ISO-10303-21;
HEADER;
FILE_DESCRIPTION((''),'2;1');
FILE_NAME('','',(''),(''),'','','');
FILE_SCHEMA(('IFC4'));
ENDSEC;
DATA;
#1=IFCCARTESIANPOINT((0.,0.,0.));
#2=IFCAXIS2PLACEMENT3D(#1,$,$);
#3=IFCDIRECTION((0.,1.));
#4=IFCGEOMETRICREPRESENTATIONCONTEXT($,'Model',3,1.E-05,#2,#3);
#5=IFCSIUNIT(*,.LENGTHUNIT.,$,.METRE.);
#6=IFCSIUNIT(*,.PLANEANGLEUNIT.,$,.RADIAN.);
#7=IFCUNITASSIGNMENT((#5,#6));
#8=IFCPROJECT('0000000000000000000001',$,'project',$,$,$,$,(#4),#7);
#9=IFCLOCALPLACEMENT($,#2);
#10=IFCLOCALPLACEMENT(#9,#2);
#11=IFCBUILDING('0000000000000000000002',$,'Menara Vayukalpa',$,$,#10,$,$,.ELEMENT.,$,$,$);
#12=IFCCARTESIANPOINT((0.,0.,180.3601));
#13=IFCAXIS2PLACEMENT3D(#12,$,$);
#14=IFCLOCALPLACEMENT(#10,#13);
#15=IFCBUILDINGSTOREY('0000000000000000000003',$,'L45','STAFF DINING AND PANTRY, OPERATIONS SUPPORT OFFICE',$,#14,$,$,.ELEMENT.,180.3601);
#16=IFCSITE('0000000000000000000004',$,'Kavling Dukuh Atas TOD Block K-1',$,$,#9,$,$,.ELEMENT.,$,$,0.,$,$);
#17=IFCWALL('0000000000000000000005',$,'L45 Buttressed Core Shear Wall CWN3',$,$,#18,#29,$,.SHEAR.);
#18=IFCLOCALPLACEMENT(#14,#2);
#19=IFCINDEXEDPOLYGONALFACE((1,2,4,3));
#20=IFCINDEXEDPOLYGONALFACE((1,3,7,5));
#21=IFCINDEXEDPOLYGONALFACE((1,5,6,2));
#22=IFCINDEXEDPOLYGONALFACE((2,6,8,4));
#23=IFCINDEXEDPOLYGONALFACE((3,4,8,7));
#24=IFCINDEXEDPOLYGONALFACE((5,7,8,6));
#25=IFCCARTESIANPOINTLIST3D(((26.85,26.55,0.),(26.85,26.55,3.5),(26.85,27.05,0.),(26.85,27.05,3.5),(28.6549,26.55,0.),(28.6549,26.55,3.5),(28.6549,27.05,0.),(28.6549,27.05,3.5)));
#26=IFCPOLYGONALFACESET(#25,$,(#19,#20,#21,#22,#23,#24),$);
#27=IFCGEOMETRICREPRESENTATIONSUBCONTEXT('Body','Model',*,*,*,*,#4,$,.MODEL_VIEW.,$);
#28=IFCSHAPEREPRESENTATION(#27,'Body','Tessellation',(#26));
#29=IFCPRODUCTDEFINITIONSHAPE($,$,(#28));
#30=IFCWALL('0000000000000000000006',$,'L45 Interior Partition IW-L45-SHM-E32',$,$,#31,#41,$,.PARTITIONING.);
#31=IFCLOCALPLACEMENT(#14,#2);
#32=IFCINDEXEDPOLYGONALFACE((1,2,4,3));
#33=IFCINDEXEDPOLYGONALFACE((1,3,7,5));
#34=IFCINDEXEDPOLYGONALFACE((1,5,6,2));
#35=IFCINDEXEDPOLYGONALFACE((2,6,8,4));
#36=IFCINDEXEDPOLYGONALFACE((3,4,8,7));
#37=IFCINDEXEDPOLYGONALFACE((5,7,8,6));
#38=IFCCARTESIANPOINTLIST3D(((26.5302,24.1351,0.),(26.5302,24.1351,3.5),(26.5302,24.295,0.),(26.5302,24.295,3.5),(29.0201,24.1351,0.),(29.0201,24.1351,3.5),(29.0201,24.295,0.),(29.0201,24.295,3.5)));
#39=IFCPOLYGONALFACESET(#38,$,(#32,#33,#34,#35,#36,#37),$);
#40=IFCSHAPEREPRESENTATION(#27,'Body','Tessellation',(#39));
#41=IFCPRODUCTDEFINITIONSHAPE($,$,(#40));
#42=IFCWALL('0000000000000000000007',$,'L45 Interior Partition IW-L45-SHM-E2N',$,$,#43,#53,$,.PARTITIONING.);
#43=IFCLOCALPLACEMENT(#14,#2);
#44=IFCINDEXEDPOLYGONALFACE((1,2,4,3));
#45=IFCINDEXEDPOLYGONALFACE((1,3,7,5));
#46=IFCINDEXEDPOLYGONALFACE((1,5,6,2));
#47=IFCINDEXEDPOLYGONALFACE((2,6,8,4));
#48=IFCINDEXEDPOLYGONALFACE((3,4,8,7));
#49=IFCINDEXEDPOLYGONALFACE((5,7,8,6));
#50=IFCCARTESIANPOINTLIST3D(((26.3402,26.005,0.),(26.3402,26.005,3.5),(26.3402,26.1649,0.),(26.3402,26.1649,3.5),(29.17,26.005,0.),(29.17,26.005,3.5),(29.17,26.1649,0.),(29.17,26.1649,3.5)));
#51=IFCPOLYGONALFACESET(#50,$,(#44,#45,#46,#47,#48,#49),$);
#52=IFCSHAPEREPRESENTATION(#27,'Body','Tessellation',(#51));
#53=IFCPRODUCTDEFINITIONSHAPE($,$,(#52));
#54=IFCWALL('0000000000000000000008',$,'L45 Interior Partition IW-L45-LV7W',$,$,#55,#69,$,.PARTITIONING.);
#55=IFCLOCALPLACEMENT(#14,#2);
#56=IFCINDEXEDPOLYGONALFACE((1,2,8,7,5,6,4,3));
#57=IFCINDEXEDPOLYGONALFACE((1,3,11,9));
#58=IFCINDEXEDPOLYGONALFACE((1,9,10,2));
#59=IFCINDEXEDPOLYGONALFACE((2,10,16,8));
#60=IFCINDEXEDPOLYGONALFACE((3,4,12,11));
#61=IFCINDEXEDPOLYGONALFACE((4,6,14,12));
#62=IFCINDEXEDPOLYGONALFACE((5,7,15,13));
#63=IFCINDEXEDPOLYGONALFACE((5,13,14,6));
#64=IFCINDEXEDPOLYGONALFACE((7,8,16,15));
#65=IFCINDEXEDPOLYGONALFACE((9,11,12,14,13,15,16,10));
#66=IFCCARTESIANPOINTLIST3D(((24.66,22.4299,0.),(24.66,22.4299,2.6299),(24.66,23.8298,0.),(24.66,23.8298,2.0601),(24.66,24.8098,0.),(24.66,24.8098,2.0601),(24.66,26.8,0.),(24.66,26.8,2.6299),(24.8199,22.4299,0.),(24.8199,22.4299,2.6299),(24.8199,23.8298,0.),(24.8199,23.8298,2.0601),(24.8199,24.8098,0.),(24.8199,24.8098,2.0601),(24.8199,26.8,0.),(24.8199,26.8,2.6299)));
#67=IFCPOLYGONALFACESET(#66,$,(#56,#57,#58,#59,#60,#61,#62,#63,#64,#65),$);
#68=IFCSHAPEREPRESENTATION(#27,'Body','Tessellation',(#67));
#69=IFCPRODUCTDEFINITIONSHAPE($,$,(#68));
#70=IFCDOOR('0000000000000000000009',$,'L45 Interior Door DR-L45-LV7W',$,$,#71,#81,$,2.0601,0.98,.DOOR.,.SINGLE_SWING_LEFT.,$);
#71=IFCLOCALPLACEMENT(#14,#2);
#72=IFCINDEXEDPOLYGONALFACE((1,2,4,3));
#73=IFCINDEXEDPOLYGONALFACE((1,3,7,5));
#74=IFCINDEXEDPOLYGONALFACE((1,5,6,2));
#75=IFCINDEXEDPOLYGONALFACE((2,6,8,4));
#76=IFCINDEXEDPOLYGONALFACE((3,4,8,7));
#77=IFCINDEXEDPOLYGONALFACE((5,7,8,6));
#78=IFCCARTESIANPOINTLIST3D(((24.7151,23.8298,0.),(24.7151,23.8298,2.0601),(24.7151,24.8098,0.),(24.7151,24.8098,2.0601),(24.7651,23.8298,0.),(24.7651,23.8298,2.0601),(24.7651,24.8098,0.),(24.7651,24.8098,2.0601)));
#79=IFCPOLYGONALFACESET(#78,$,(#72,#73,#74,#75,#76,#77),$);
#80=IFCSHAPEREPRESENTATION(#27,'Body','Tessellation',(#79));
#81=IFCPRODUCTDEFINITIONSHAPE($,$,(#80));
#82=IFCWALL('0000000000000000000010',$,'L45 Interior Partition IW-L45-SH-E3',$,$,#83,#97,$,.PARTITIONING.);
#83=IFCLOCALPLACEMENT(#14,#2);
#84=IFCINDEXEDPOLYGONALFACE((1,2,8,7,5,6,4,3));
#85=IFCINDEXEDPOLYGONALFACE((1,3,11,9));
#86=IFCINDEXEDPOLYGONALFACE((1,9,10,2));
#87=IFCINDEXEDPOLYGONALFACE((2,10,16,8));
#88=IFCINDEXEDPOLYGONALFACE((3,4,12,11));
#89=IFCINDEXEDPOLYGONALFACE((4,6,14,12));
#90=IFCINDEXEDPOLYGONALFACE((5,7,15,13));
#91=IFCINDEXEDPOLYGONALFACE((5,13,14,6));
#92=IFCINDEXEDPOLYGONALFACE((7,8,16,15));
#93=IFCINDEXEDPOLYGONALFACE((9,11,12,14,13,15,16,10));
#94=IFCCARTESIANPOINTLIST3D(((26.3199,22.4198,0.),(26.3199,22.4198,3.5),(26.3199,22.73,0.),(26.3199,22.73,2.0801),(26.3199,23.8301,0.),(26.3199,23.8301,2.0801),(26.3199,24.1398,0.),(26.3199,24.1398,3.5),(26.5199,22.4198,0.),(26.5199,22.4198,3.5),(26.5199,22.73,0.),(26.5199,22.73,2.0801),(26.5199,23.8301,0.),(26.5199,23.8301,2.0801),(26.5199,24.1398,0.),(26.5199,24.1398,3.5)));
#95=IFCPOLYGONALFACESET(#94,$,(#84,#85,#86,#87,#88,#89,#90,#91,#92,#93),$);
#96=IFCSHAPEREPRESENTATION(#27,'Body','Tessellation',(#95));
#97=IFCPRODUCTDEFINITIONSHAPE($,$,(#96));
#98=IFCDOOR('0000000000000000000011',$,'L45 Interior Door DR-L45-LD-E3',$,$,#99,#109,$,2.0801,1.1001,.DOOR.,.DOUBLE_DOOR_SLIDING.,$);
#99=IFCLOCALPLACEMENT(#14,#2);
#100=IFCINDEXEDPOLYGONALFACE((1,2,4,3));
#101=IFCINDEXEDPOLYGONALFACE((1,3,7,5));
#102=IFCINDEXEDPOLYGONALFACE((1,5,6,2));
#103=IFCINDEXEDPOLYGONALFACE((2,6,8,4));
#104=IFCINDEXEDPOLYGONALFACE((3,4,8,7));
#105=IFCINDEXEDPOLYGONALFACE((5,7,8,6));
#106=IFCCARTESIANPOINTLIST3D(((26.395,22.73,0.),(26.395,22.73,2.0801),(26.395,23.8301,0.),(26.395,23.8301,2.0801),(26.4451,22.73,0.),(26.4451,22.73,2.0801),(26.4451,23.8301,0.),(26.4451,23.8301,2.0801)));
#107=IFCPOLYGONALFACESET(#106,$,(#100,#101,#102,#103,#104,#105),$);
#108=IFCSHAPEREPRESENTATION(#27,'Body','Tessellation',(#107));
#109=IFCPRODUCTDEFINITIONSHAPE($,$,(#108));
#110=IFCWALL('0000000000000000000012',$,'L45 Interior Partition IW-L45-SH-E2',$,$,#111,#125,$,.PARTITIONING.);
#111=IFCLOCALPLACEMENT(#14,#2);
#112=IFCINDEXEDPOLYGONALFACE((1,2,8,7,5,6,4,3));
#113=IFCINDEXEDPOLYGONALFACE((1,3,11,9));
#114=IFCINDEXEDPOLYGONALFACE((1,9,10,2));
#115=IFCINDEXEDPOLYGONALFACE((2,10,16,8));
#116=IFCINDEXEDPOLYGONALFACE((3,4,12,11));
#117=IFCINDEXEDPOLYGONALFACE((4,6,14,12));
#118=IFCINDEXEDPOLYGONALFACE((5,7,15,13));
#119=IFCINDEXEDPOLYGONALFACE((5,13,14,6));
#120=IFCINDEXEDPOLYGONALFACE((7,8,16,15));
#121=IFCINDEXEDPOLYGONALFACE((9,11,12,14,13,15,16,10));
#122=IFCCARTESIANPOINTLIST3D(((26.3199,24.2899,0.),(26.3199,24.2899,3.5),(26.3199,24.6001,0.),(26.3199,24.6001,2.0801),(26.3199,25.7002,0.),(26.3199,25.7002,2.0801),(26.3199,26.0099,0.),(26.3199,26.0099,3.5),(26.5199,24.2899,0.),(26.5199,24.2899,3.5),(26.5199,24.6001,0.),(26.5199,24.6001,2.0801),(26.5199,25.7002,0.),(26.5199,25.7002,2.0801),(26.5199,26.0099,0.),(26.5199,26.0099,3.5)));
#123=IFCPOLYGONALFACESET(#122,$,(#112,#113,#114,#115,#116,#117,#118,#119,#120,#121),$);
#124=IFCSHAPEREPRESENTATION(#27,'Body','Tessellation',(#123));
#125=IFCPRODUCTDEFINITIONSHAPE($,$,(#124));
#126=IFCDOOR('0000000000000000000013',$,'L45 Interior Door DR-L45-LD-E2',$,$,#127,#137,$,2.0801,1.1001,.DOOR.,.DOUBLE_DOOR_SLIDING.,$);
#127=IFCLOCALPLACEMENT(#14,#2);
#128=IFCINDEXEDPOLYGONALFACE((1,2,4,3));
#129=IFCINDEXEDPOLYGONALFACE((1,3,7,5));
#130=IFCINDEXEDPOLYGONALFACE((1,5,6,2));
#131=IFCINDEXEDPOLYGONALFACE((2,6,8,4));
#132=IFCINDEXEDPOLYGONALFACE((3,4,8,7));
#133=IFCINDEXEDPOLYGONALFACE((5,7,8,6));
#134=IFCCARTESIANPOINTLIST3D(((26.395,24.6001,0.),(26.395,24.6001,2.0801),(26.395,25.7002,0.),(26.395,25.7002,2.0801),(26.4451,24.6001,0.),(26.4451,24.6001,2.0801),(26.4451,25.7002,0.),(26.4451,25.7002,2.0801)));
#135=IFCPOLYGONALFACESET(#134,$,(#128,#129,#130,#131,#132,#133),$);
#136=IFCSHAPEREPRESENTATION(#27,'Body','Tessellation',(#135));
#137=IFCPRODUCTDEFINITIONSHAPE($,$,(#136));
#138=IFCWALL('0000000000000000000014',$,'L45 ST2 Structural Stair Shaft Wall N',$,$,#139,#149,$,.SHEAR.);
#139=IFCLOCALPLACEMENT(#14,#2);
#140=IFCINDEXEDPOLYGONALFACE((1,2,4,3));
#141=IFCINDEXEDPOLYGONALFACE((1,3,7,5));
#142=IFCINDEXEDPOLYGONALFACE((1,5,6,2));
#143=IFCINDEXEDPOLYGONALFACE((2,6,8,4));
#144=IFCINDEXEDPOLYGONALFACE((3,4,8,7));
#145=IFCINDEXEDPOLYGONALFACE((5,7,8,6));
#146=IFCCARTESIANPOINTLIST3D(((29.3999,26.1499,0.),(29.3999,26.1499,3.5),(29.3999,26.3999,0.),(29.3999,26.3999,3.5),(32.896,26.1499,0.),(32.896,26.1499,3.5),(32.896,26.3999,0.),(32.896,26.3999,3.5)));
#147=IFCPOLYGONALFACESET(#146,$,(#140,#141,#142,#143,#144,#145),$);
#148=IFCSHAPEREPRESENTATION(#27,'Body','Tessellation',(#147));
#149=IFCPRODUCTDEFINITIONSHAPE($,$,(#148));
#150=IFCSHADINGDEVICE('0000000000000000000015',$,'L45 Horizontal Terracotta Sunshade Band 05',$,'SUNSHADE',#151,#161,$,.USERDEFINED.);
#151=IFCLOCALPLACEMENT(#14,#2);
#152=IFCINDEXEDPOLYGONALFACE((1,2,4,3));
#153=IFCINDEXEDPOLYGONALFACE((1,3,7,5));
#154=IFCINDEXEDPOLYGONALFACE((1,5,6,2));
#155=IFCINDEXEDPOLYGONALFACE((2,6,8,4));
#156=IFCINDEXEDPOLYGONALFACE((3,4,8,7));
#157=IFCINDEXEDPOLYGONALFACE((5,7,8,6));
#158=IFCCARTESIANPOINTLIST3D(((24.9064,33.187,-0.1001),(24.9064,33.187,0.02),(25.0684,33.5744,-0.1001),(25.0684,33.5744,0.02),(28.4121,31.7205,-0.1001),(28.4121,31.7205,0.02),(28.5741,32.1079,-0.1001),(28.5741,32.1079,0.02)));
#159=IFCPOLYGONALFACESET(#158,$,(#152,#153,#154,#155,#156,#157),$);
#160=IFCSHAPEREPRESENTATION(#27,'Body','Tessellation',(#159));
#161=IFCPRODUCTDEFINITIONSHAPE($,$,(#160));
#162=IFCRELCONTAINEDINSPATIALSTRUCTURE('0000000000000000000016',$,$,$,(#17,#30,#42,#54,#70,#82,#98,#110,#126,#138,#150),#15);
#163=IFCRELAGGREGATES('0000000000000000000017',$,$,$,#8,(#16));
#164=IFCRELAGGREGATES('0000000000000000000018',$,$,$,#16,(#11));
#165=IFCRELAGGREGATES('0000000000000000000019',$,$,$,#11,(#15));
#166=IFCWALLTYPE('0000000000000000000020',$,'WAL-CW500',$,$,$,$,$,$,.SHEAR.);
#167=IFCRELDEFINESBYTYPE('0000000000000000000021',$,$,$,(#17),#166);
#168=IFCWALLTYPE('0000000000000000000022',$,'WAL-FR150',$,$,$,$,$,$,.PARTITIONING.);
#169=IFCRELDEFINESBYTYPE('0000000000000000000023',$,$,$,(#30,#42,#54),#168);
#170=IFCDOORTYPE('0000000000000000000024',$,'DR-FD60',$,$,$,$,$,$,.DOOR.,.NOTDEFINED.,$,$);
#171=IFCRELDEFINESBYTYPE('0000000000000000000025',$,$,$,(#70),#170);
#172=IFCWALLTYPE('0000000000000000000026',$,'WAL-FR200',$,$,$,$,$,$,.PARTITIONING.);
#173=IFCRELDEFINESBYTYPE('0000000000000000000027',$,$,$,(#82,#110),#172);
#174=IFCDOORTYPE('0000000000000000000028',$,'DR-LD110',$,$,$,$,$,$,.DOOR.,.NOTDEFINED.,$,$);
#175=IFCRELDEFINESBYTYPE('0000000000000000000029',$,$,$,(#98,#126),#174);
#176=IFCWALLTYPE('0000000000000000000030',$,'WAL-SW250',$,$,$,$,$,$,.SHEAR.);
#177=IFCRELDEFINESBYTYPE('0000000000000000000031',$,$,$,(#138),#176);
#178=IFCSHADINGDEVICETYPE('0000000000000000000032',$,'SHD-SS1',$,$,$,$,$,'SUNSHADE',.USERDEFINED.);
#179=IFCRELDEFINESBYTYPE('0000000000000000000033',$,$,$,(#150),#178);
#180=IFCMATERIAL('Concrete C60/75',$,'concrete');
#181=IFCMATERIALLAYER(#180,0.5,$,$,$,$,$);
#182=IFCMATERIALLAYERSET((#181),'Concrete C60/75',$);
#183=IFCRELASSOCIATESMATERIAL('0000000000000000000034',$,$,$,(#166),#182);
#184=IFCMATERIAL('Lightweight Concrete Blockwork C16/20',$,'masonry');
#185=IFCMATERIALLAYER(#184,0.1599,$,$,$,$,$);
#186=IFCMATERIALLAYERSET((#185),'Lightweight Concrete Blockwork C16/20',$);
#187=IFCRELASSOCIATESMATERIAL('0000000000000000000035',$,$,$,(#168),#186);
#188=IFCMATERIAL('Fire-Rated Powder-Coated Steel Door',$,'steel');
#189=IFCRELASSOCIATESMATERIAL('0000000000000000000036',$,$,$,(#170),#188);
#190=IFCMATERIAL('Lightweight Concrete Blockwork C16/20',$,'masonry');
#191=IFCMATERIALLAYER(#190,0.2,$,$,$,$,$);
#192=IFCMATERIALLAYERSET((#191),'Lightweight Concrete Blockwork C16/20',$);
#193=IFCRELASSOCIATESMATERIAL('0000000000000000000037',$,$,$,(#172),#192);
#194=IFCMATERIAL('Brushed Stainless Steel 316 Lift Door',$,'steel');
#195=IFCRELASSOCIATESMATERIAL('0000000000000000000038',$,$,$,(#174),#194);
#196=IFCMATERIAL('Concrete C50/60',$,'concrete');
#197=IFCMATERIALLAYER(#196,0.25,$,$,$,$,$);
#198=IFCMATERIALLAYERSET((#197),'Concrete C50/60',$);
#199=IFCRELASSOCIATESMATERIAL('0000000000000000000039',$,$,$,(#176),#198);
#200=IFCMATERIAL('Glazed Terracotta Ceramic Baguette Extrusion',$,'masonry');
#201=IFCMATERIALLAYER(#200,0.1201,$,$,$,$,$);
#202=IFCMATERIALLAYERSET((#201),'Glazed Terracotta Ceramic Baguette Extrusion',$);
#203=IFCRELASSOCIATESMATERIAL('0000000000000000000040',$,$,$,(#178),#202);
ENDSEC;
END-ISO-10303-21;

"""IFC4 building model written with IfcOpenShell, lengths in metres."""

from ifc_helpers import new_model, si_unit, direction, frame, frame_2d, origin, origin_2d, place, context, subcontext, project, spatial, rectangle, extrude, material, layer, layer_set, type_object, element, fill, save


model = new_model("IFC4")

# Units and contexts
model_context = context("Model", 3, precision=1e-05, world=origin(), true_north=direction((0.0, 1.0)))
body_context = subcontext(model_context, "Body", "Model", "MODEL_VIEW")
ifc_project = project(units=[si_unit("LENGTHUNIT", "METRE"), si_unit("PLANEANGLEUNIT", "RADIAN")], contexts=[model_context])

# Site, building, storey
site_placement = place(None, origin())
site = spatial("IfcSite", under=ifc_project, at=site_placement, Name="Kavling Dukuh Atas TOD Block K-1", CompositionType="ELEMENT", RefElevation=0.0)
building_placement = place(site_placement, origin())
building = spatial("IfcBuilding", under=site, at=building_placement, Name="Menara Vayukalpa", CompositionType="ELEMENT")
storey_placement = place(building_placement, frame((0.0, 0.0, 180.3601)))
storey = spatial("IfcBuildingStorey", under=building, at=storey_placement, Name="L45", Description="STAFF DINING AND PANTRY, OPERATIONS SUPPORT OFFICE", CompositionType="ELEMENT", Elevation=180.3601)

# Walls
ifc_material_1 = material(Name="Concrete C60/75", Category="concrete")
ifc_layer_1 = layer(ifc_material_1, 0.5)
ifc_layer_set_1 = layer_set([ifc_layer_1], Name="Concrete C60/75")
wall_type_1 = type_object("IfcWallType", Name="WAL-CW500", PredefinedType="SHEAR", material=ifc_layer_set_1)
wall_1_placement = place(storey_placement, frame((26.8501, 26.8, 0.0), z_axis=(0.0, 0.0, 1.0), x_axis=(1.0, 0.0, 0.0)))
element("IfcWall", 1, at=wall_1_placement, inside=storey, type_object=wall_type_1, Name="L45 Buttressed Core Shear Wall CWN3", PredefinedType="SHEAR", context=body_context, shape_type="SweptSolid", body=[
    extrude(rectangle(XDim=1.8049, YDim=0.5, at=frame_2d((0.9023, 0.0))), origin(), (0.0, 0.0, 1.0), 3.5),
])
ifc_material_2 = material(Name="Lightweight Concrete Blockwork C16/20", Category="masonry")
ifc_layer_2 = layer(ifc_material_2, 0.1599)
ifc_layer_set_2 = layer_set([ifc_layer_2], Name="Lightweight Concrete Blockwork C16/20")
wall_type_2 = type_object("IfcWallType", Name="WAL-FR150", PredefinedType="PARTITIONING", material=ifc_layer_set_2)
wall_2_placement = place(storey_placement, frame((26.53, 24.2151, 0.0), z_axis=(0.0, 0.0, 1.0), x_axis=(1.0, 0.0, 0.0)))
element("IfcWall", 2, at=wall_2_placement, inside=storey, type_object=wall_type_2, Name="L45 Interior Partition IW-L45-SHM-E32", PredefinedType="PARTITIONING", context=body_context, shape_type="SweptSolid", body=[
    extrude(rectangle(XDim=2.49, YDim=0.1599, at=frame_2d((1.2451, 0.0))), origin(), (0.0, 0.0, 1.0), 3.5),
])
wall_3_placement = place(storey_placement, frame((26.3401, 26.085, 0.0), z_axis=(0.0, 0.0, 1.0), x_axis=(1.0, 0.0, 0.0)))
element("IfcWall", 3, at=wall_3_placement, inside=storey, type_object=wall_type_2, Name="L45 Interior Partition IW-L45-SHM-E2N", PredefinedType="PARTITIONING", context=body_context, shape_type="SweptSolid", body=[
    extrude(rectangle(XDim=2.8298, YDim=0.1599, at=frame_2d((1.415, 0.0))), origin(), (0.0, 0.0, 1.0), 3.5),
])

# Walls, openings, doors
wall_4_placement = place(storey_placement, frame((24.74, 22.4299, 0.0), z_axis=(0.0, 0.0, 1.0), x_axis=(0.0, 1.0, 0.0)))
wall_4 = element("IfcWall", 4, at=wall_4_placement, inside=storey, type_object=wall_type_2, Name="L45 Interior Partition IW-L45-LV7W", PredefinedType="PARTITIONING", context=body_context, shape_type="SweptSolid", body=[
    extrude(rectangle(XDim=4.3701, YDim=0.1599, at=frame_2d((2.1851, 0.0))), origin(), (0.0, 0.0, 1.0), 2.6299),
])
opening_1_placement = place(wall_4_placement, frame((1.3999, 0.0, 0.0)))
opening_1 = element("IfcOpeningElement", 5, at=opening_1_placement, cuts=wall_4, PredefinedType="OPENING", context=body_context, shape_type="SweptSolid", body=[
    extrude(rectangle(XDim=0.98, YDim=2.0601, at=frame_2d((0.49, 1.03))), frame((0.0, 0.0898, 0.0), z_axis=(0.0, -1.0, 0.0), x_axis=(1.0, 0.0, 0.0)), (0.0, 0.0, 1.0), 0.1799),
])
ifc_material_3 = material(Name="Fire-Rated Powder-Coated Steel Door", Category="steel")
door_type_1 = type_object("IfcDoorType", Name="DR-FD60", OperationType="NOTDEFINED", PredefinedType="DOOR", material=ifc_material_3)
door_1_placement = place(opening_1_placement, origin())
door_1 = element("IfcDoor", 6, at=door_1_placement, inside=storey, type_object=door_type_1, Name="L45 Interior Door DR-L45-LV7W", OperationType="SINGLE_SWING_LEFT", OverallHeight=2.0601, OverallWidth=0.98, PredefinedType="DOOR", context=body_context, shape_type="SweptSolid", body=[
    extrude(rectangle(XDim=0.98, YDim=2.0601, at=frame_2d((0.49, 1.03))), frame((0.0, 0.0249, 0.0), z_axis=(0.0, -1.0, 0.0), x_axis=(1.0, 0.0, 0.0)), (0.0, 0.0, 1.0), 0.05),
])
fill(opening_1, door_1)
ifc_material_4 = material(Name="Lightweight Concrete Blockwork C16/20", Category="masonry")
ifc_layer_3 = layer(ifc_material_4, 0.2)
ifc_layer_set_3 = layer_set([ifc_layer_3], Name="Lightweight Concrete Blockwork C16/20")
wall_type_3 = type_object("IfcWallType", Name="WAL-FR200", PredefinedType="PARTITIONING", material=ifc_layer_set_3)
wall_5_placement = place(storey_placement, frame((26.4199, 22.4199, 0.0), z_axis=(0.0, 0.0, 1.0), x_axis=(0.0, 1.0, 0.0)))
wall_5 = element("IfcWall", 7, at=wall_5_placement, inside=storey, type_object=wall_type_3, Name="L45 Interior Partition IW-L45-SH-E3", PredefinedType="PARTITIONING", context=body_context, shape_type="SweptSolid", body=[
    extrude(rectangle(XDim=1.72, YDim=0.2, at=frame_2d((0.8599, 0.0))), origin(), (0.0, 0.0, 1.0), 3.5),
])
opening_2_placement = place(wall_5_placement, frame((0.3101, 0.0, 0.0)))
opening_2 = element("IfcOpeningElement", 8, at=opening_2_placement, cuts=wall_5, PredefinedType="OPENING", context=body_context, shape_type="SweptSolid", body=[
    extrude(rectangle(XDim=1.1001, YDim=2.0801, at=frame_2d((0.55, 1.04))), frame((0.0, 0.1099, 0.0), z_axis=(0.0, -1.0, 0.0), x_axis=(1.0, 0.0, 0.0)), (0.0, 0.0, 1.0), 0.22),
])
ifc_material_5 = material(Name="Brushed Stainless Steel 316 Lift Door", Category="steel")
door_type_2 = type_object("IfcDoorType", Name="DR-LD110", OperationType="NOTDEFINED", PredefinedType="DOOR", material=ifc_material_5)
door_2_placement = place(opening_2_placement, origin())
door_2 = element("IfcDoor", 9, at=door_2_placement, inside=storey, type_object=door_type_2, Name="L45 Interior Door DR-L45-LD-E3", OperationType="DOUBLE_DOOR_SLIDING", OverallHeight=2.0801, OverallWidth=1.1001, PredefinedType="DOOR", context=body_context, shape_type="SweptSolid", body=[
    extrude(rectangle(XDim=1.1001, YDim=2.0801, at=frame_2d((0.55, 1.04))), frame((0.0, 0.0249, 0.0), z_axis=(0.0, -1.0, 0.0), x_axis=(1.0, 0.0, 0.0)), (0.0, 0.0, 1.0), 0.05),
])
fill(opening_2, door_2)
wall_6_placement = place(storey_placement, frame((26.4199, 24.29, 0.0), z_axis=(0.0, 0.0, 1.0), x_axis=(0.0, 1.0, 0.0)))
wall_6 = element("IfcWall", 10, at=wall_6_placement, inside=storey, type_object=wall_type_3, Name="L45 Interior Partition IW-L45-SH-E2", PredefinedType="PARTITIONING", context=body_context, shape_type="SweptSolid", body=[
    extrude(rectangle(XDim=1.72, YDim=0.2, at=frame_2d((0.8599, 0.0))), origin(), (0.0, 0.0, 1.0), 3.5),
])
opening_3_placement = place(wall_6_placement, frame((0.3101, 0.0, 0.0)))
opening_3 = element("IfcOpeningElement", 11, at=opening_3_placement, cuts=wall_6, PredefinedType="OPENING", context=body_context, shape_type="SweptSolid", body=[
    extrude(rectangle(XDim=1.1001, YDim=2.0801, at=frame_2d((0.55, 1.04))), frame((0.0, 0.1099, 0.0), z_axis=(0.0, -1.0, 0.0), x_axis=(1.0, 0.0, 0.0)), (0.0, 0.0, 1.0), 0.22),
])
door_3_placement = place(opening_3_placement, origin())
door_3 = element("IfcDoor", 12, at=door_3_placement, inside=storey, type_object=door_type_2, Name="L45 Interior Door DR-L45-LD-E2", OperationType="DOUBLE_DOOR_SLIDING", OverallHeight=2.0801, OverallWidth=1.1001, PredefinedType="DOOR", context=body_context, shape_type="SweptSolid", body=[
    extrude(rectangle(XDim=1.1001, YDim=2.0801, at=frame_2d((0.55, 1.04))), frame((0.0, 0.0249, 0.0), z_axis=(0.0, -1.0, 0.0), x_axis=(1.0, 0.0, 0.0)), (0.0, 0.0, 1.0), 0.05),
])
fill(opening_3, door_3)

# Wall
ifc_material_6 = material(Name="Concrete C50/60", Category="concrete")
ifc_layer_4 = layer(ifc_material_6, 0.25)
ifc_layer_set_4 = layer_set([ifc_layer_4], Name="Concrete C50/60")
wall_type_4 = type_object("IfcWallType", Name="WAL-SW250", PredefinedType="SHEAR", material=ifc_layer_set_4)
wall_7_placement = place(storey_placement, frame((29.3999, 26.2749, 0.0), z_axis=(0.0, 0.0, 1.0), x_axis=(1.0, 0.0, 0.0)))
element("IfcWall", 13, at=wall_7_placement, inside=storey, type_object=wall_type_4, Name="L45 ST2 Structural Stair Shaft Wall N", PredefinedType="SHEAR", context=body_context, shape_type="SweptSolid", body=[
    extrude(rectangle(XDim=3.4961, YDim=0.25, at=frame_2d((1.748, 0.0))), origin(), (0.0, 0.0, 1.0), 3.5),
])

# Shading device
ifc_material_7 = material(Name="Glazed Terracotta Ceramic Baguette Extrusion", Category="masonry")
ifc_layer_5 = layer(ifc_material_7, 0.1201)
ifc_layer_set_5 = layer_set([ifc_layer_5], Name="Glazed Terracotta Ceramic Baguette Extrusion")
shading_device_type = type_object("IfcShadingDeviceType", Name="SHD-SS1", ElementType="SUNSHADE", PredefinedType="USERDEFINED", material=ifc_layer_set_5)
shading_device_placement = place(storey_placement, frame((26.7402, 32.6475, -0.1001), z_axis=(0.0, 0.0, 1.0), x_axis=(-0.922538, 0.385906, 0.0)))
element("IfcShadingDevice", 14, at=shading_device_placement, inside=storey, type_object=shading_device_type, Name="L45 Horizontal Terracotta Sunshade Band 05", ObjectType="SUNSHADE", PredefinedType="USERDEFINED", context=body_context, shape_type="SweptSolid", body=[
    extrude(rectangle(XDim=3.8, YDim=0.4199, at=origin_2d()), origin(), (0.0, 0.0, 1.0), 0.1201),
])

save(model, "model.ifc")
